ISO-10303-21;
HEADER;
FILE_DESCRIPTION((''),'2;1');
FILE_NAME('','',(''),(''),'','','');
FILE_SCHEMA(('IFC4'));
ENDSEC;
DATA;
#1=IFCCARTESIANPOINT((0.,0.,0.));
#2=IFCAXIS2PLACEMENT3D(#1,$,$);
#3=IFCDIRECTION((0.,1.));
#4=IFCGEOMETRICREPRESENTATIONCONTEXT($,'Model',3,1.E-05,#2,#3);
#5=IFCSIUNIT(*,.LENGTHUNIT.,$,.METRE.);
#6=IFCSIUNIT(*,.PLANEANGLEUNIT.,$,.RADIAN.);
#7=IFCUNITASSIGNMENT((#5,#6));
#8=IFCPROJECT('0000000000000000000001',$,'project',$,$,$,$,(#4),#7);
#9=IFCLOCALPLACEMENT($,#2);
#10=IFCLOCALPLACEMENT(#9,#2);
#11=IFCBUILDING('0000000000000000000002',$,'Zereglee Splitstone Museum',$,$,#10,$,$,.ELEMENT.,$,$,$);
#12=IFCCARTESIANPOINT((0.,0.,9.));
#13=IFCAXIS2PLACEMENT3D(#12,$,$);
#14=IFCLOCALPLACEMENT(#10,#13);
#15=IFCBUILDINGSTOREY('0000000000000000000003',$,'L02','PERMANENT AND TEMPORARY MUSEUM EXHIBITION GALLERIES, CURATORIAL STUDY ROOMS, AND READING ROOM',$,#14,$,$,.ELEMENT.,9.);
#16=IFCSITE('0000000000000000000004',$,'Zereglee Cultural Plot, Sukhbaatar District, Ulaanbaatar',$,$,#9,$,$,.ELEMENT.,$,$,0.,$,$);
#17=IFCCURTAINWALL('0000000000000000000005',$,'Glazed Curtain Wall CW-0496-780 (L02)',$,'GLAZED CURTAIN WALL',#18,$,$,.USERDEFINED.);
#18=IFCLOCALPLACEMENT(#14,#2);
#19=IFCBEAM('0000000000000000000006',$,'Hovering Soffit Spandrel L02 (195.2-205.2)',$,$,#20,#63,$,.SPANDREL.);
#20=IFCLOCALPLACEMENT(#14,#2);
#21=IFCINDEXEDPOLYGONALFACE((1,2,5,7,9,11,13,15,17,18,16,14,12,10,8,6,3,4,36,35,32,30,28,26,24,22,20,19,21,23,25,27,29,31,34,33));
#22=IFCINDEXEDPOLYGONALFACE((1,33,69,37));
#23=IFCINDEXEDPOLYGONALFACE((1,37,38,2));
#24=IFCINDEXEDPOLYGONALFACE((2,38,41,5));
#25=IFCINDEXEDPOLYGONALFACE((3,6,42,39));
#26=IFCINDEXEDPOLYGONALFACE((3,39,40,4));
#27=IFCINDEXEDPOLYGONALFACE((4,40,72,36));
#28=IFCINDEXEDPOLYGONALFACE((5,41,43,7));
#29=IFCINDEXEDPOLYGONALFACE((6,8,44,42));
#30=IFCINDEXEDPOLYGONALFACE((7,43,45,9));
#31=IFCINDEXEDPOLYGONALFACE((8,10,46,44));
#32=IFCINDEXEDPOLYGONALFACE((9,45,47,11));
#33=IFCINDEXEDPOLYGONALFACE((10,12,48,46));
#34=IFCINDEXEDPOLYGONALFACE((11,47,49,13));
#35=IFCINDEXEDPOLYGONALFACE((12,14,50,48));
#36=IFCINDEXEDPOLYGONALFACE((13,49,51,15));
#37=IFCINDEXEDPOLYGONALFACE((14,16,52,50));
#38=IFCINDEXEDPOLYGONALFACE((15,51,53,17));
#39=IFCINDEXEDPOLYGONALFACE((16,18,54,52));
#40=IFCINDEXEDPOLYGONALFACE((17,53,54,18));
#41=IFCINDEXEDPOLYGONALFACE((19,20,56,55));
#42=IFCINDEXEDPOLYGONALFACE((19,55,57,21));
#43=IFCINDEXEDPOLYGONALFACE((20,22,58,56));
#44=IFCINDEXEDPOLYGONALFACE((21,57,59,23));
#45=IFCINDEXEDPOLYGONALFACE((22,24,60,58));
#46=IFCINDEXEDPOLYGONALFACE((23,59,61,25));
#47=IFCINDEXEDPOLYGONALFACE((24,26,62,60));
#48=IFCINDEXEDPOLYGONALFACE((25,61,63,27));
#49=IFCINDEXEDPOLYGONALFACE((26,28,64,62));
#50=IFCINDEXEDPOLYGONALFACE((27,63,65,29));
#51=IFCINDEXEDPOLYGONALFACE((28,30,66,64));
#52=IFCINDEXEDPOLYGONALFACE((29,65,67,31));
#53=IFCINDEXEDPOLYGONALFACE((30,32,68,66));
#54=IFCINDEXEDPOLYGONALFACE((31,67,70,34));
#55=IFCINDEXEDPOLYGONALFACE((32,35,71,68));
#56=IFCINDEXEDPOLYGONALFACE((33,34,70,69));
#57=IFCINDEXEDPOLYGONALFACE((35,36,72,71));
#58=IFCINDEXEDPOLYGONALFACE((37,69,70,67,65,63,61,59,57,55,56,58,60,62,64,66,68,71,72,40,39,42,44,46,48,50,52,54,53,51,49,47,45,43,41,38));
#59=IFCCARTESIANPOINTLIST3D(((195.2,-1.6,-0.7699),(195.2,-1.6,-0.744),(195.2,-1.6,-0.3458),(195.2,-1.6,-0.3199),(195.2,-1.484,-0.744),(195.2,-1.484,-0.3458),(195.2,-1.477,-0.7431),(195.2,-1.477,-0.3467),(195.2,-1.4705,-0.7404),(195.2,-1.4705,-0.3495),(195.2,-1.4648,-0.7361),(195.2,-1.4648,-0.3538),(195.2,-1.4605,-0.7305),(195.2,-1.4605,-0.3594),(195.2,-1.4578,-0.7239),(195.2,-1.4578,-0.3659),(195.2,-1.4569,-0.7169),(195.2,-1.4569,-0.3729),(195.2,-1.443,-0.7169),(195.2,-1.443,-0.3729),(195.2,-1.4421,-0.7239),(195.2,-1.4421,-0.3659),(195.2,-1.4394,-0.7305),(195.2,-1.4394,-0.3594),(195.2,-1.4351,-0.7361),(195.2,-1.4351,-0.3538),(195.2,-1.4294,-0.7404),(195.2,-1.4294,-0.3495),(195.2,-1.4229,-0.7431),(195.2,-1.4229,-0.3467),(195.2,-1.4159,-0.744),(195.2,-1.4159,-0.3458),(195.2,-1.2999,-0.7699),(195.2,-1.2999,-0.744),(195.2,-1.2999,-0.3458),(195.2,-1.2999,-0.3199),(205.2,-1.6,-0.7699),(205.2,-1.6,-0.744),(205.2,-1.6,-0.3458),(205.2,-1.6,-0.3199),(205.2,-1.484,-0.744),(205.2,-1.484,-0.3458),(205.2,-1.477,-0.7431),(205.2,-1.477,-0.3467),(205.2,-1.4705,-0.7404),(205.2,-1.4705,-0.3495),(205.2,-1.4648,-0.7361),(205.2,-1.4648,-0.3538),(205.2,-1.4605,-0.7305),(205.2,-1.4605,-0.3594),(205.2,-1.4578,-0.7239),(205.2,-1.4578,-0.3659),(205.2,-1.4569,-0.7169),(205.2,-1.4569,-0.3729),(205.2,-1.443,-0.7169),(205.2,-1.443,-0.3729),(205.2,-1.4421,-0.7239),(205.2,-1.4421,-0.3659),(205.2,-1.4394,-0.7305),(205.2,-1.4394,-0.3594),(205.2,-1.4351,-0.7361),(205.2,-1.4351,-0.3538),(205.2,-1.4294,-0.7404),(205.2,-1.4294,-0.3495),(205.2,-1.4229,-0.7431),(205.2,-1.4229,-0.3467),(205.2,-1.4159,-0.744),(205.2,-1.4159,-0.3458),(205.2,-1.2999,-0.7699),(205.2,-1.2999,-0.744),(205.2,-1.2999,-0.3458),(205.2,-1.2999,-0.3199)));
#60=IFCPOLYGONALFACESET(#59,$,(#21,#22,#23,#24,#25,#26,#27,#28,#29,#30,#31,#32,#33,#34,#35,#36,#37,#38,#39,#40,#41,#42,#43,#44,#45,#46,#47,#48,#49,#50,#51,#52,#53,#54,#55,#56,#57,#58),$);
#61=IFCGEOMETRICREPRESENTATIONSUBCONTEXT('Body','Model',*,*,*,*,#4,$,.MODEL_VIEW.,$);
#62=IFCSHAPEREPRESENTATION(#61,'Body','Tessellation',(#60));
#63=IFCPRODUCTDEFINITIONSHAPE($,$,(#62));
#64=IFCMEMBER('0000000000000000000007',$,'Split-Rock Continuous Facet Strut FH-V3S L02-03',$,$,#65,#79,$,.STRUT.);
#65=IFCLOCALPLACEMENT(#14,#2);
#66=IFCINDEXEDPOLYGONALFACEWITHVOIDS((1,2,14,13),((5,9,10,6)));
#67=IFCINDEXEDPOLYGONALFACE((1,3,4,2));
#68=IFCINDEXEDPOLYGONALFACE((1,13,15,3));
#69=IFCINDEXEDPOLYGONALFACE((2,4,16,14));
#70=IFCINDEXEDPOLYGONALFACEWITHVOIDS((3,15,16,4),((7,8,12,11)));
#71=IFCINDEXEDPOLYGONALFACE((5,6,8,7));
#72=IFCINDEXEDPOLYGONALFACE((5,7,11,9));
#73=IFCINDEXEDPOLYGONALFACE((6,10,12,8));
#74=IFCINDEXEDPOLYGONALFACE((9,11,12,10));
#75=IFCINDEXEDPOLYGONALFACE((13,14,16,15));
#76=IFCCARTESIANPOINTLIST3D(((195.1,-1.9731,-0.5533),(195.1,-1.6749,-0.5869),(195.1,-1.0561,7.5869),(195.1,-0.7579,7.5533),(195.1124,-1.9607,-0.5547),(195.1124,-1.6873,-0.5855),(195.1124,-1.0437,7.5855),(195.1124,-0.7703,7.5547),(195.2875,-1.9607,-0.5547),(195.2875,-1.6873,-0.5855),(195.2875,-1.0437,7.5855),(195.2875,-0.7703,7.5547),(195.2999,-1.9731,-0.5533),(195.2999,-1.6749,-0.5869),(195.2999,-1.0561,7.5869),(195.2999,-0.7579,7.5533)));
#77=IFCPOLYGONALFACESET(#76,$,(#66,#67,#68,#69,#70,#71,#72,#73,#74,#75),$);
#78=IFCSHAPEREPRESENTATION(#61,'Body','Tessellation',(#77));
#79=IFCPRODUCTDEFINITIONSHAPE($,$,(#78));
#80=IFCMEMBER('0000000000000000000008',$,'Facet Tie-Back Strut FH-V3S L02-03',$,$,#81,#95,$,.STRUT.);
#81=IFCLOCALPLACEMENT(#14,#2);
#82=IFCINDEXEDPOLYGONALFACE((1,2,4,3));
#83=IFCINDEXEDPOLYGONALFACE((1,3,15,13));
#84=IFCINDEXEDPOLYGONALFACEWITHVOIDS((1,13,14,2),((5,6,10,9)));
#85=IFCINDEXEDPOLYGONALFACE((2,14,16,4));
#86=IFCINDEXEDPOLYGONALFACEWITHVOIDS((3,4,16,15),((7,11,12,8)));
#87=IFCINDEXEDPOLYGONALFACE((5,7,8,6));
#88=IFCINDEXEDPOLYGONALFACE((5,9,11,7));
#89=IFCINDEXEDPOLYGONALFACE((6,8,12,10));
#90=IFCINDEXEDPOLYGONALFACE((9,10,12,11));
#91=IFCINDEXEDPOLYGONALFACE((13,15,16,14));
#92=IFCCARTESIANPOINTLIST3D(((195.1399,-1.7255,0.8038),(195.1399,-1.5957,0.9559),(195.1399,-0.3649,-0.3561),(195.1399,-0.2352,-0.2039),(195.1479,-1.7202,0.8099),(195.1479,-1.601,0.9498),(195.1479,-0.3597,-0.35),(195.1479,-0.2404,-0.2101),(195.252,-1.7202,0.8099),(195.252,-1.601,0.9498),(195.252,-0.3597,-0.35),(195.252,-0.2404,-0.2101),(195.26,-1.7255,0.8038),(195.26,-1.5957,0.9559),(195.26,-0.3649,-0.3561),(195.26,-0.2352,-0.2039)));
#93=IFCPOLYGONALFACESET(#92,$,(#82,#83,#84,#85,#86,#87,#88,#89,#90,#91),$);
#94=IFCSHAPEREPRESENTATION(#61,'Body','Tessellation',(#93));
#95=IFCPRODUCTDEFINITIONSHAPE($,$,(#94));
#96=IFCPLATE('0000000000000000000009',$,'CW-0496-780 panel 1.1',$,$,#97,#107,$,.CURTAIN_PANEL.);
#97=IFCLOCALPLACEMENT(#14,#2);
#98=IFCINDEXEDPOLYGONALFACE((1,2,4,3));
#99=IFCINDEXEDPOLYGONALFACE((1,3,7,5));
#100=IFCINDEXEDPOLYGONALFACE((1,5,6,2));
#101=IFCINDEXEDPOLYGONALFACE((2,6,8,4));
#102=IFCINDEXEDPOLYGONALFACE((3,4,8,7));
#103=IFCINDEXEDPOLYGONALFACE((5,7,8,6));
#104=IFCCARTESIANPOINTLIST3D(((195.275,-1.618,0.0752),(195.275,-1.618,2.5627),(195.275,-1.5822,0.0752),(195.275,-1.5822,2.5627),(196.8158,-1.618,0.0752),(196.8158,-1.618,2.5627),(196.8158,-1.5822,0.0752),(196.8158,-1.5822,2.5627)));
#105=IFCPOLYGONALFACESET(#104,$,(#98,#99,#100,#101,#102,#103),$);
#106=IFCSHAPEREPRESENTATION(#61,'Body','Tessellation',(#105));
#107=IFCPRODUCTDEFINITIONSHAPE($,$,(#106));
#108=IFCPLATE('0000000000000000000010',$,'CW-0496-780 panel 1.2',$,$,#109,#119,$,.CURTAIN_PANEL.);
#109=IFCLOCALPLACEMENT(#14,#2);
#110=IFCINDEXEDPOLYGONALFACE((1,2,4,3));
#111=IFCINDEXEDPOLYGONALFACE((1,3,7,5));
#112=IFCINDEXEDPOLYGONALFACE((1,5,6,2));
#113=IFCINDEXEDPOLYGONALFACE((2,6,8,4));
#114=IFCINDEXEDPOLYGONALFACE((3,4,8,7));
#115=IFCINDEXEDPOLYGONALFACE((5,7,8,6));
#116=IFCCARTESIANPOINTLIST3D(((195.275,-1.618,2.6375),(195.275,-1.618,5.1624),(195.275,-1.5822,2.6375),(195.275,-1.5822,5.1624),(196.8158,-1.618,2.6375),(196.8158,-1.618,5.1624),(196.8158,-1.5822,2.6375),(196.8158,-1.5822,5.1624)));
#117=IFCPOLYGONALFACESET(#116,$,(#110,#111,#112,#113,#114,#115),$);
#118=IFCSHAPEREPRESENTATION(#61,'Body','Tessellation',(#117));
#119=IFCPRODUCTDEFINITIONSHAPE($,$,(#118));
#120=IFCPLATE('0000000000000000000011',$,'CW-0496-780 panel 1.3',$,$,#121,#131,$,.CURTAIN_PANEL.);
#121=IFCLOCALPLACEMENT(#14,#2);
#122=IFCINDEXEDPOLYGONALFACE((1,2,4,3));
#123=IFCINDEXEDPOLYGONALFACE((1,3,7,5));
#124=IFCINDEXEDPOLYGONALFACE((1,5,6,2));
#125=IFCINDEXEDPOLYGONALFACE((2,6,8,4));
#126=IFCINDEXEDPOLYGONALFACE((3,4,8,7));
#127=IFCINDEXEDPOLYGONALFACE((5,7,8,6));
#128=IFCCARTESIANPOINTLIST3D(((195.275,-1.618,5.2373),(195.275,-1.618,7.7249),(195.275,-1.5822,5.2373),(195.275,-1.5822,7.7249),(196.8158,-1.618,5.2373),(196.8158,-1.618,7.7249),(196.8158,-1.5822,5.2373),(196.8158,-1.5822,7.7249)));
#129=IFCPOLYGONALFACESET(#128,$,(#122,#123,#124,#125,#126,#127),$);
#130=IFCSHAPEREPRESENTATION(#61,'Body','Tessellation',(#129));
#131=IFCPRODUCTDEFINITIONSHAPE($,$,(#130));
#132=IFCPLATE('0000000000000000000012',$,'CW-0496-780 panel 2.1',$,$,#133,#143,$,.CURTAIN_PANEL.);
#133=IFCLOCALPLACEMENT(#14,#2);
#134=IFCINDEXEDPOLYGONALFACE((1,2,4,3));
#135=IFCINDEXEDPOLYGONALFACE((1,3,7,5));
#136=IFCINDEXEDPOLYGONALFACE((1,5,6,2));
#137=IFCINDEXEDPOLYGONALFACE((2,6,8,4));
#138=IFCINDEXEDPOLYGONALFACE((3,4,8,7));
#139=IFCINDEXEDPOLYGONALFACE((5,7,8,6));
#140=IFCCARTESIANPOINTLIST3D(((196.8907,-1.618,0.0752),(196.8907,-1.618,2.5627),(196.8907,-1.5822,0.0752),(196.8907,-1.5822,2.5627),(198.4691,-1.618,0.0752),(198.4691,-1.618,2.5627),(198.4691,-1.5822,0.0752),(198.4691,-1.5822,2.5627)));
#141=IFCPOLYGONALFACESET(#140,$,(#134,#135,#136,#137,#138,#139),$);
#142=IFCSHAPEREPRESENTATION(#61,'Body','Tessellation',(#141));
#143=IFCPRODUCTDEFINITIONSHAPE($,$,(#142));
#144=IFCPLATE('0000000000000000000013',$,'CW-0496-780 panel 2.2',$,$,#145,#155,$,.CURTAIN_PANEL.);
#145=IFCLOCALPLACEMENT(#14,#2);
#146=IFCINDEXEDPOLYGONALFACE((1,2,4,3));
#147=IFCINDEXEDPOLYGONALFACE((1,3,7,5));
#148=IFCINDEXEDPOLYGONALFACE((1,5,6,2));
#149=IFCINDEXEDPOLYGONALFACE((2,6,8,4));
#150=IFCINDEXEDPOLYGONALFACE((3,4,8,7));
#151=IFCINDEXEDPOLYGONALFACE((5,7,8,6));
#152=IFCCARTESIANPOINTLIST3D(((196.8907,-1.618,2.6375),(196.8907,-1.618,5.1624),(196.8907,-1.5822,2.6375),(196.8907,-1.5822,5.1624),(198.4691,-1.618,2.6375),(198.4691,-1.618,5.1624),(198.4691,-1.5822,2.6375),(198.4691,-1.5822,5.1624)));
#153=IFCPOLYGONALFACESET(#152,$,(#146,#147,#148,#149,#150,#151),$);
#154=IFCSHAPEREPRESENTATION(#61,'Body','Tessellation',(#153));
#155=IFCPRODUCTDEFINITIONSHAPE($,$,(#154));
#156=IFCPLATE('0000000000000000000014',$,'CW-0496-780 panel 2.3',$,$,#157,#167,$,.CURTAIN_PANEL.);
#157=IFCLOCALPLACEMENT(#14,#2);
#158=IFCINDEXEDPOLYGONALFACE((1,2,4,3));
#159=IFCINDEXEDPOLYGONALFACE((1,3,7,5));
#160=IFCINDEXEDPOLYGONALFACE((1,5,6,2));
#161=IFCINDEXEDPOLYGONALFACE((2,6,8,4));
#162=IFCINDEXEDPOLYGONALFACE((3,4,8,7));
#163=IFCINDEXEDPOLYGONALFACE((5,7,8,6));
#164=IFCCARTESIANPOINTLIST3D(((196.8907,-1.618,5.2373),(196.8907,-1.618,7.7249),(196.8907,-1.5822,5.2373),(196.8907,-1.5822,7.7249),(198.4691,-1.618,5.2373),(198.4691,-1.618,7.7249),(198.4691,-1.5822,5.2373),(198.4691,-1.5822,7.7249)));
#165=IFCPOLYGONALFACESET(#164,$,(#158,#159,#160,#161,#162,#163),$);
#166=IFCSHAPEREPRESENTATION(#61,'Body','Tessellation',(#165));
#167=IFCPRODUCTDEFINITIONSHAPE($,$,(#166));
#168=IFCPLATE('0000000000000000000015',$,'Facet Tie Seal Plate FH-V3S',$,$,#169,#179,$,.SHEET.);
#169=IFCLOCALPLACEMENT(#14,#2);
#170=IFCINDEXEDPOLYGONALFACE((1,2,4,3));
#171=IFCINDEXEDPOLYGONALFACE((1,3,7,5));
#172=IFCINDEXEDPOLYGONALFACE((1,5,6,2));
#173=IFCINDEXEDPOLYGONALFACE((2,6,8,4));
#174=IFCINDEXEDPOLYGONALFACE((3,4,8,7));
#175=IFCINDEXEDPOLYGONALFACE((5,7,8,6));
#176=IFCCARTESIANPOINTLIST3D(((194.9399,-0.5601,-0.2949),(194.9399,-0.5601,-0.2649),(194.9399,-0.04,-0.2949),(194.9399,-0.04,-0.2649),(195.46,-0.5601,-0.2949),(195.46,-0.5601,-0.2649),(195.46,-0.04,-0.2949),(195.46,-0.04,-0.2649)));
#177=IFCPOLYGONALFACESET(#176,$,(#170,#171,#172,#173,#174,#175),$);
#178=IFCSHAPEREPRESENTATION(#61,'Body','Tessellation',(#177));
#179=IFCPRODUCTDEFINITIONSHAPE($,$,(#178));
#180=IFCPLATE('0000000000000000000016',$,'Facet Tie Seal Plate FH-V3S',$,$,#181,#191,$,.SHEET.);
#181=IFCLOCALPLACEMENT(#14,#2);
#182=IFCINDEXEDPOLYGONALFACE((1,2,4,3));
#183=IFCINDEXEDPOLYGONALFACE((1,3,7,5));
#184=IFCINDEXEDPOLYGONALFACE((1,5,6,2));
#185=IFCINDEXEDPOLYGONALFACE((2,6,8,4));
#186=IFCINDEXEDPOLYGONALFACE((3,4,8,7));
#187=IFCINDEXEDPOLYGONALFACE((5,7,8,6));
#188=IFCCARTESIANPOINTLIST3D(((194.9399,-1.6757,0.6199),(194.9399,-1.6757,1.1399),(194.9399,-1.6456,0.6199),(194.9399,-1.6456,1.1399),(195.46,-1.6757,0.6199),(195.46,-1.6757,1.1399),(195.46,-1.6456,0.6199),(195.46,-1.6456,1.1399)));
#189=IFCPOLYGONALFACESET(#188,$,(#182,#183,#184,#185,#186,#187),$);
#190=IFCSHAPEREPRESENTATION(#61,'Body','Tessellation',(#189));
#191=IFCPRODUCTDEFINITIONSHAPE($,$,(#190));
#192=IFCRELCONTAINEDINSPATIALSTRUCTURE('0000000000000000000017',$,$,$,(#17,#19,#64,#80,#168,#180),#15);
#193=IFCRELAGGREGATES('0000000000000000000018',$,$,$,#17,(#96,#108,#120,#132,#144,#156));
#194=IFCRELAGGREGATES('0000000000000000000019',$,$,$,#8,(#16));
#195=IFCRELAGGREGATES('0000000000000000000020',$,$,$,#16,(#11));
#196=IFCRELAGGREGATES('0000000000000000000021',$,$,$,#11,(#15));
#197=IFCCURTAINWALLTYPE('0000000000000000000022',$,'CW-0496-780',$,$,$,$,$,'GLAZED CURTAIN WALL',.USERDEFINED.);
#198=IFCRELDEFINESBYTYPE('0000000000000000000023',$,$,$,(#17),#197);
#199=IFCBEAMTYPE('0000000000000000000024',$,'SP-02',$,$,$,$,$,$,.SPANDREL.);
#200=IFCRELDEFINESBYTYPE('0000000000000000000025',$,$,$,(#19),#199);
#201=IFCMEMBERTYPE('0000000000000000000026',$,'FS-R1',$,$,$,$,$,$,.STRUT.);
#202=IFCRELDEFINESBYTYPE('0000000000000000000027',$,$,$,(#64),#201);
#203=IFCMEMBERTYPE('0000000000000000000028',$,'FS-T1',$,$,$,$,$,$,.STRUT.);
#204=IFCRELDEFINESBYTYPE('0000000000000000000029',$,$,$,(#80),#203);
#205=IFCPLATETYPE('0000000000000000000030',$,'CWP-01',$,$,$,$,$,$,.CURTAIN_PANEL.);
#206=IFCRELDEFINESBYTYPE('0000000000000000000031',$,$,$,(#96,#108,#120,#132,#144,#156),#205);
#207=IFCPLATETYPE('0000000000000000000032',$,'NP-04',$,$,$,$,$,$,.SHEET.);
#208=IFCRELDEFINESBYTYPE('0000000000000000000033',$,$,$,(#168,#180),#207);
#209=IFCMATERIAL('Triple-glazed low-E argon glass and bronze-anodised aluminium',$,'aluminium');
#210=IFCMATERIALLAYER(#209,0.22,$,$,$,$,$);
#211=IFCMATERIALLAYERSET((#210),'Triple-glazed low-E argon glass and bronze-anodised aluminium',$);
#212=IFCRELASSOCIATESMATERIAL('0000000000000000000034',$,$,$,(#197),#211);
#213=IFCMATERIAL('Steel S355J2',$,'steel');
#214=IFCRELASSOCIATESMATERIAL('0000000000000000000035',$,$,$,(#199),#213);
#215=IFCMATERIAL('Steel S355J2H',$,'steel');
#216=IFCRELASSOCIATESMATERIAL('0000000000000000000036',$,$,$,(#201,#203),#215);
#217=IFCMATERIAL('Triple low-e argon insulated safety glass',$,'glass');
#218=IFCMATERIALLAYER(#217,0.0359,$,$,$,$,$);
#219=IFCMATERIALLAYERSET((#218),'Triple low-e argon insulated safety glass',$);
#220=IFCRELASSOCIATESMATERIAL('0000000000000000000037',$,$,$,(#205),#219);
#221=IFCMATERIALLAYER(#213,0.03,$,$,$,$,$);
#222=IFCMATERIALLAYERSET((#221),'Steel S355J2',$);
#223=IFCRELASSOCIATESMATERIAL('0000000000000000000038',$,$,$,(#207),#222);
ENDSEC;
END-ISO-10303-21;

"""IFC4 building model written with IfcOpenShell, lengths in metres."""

from ifc_helpers import new_model, si_unit, direction, frame, origin, origin_2d, place, context, subcontext, project, spatial, rectangle, hollow_rectangle, i_section, extrude, material, layer, layer_set, material_profile, profile_set, type_object, element, aggregate, save


model = new_model("IFC4")

# Units and contexts
model_context = context("Model", 3, precision=1e-05, world=origin(), true_north=direction((0.0, 1.0)))
body_context = subcontext(model_context, "Body", "Model", "MODEL_VIEW")
ifc_project = project(units=[si_unit("LENGTHUNIT", "METRE"), si_unit("PLANEANGLEUNIT", "RADIAN")], contexts=[model_context])

# Site, building, storey
site_placement = place(None, origin())
site = spatial("IfcSite", under=ifc_project, at=site_placement, Name="Zereglee Cultural Plot, Sukhbaatar District, Ulaanbaatar", CompositionType="ELEMENT", RefElevation=0.0)
building_placement = place(site_placement, origin())
building = spatial("IfcBuilding", under=site, at=building_placement, Name="Zereglee Splitstone Museum", CompositionType="ELEMENT")
storey_placement = place(building_placement, frame((0.0, 0.0, 9.0)))
storey = spatial("IfcBuildingStorey", under=building, at=storey_placement, Name="L02", Description="PERMANENT AND TEMPORARY MUSEUM EXHIBITION GALLERIES, CURATORIAL STUDY ROOMS, AND READING ROOM", CompositionType="ELEMENT", Elevation=9.0)

# Shared definitions
ifc_material_1 = material(Name="Steel S355J2", Category="steel")

# Curtain wall
ifc_material_2 = material(Name="Triple-glazed low-E argon glass and bronze-anodised aluminium", Category="aluminium")
ifc_layer_1 = layer(ifc_material_2, 0.22)
ifc_layer_set_1 = layer_set([ifc_layer_1], Name="Triple-glazed low-E argon glass and bronze-anodised aluminium")
curtain_wall_type = type_object("IfcCurtainWallType", Name="CW-0496-780", ElementType="GLAZED CURTAIN WALL", PredefinedType="USERDEFINED", material=ifc_layer_set_1)
curtain_wall_placement = place(storey_placement, origin())
curtain_wall = element("IfcCurtainWall", 1, at=curtain_wall_placement, inside=storey, type_object=curtain_wall_type, Name="Glazed Curtain Wall CW-0496-780 (L02)", ObjectType="GLAZED CURTAIN WALL", PredefinedType="USERDEFINED")

# Beam
ifc_material_profile_1 = material_profile(ifc_material_1, i_section(OverallWidth=0.3, OverallDepth=0.45, WebThickness=0.0139, FlangeThickness=0.0259, FilletRadius=0.0271, at=origin_2d()), Name="HE 450 B")
ifc_profile_set_1 = profile_set([ifc_material_profile_1], Name="Steel S355J2")
beam_type_1 = type_object("IfcBeamType", Name="SP-02", PredefinedType="SPANDREL", material=ifc_profile_set_1)
for number, where, z_axis, x_axis, name in (
    (2, (195.2, -1.45, -0.5449), (1.0, 0.0, 0.0), (0.0, 1.0, 0.0), "Hovering Soffit Spandrel L02 (195.2-205.2)"),
):
    element("IfcBeam", number, at=place(storey_placement, frame(where, z_axis=z_axis, x_axis=x_axis)), inside=storey, type_object=beam_type_1, Name=name, PredefinedType="SPANDREL", context=body_context, shape_type="SweptSolid", body=[
        extrude(i_section(OverallWidth=0.3, OverallDepth=0.45, WebThickness=0.0139, FlangeThickness=0.0259, FilletRadius=0.0271, at=origin_2d()), origin(), (0.0, 0.0, 1.0), 10.0),
    ])

# Members
ifc_material_3 = material(Name="Steel S355J2H", Category="steel")
ifc_material_profile_2 = material_profile(ifc_material_3, hollow_rectangle(XDim=0.2, YDim=0.3, WallThickness=0.0125, at=origin_2d()), Name="RHS 300x200x12.5")
ifc_profile_set_2 = profile_set([ifc_material_profile_2], Name="Steel S355J2H")
member_type_1 = type_object("IfcMemberType", Name="FS-R1", PredefinedType="STRUT", material=ifc_profile_set_2)
member_1_placement = place(storey_placement, frame((195.2, -1.824, -0.5701), z_axis=(0.0, 0.111943, 0.993715), x_axis=(-1.0, 0.0, 0.0)))
element("IfcMember", 3, at=member_1_placement, inside=storey, type_object=member_type_1, Name="Split-Rock Continuous Facet Strut FH-V3S L02-03", PredefinedType="STRUT", context=body_context, shape_type="SweptSolid", body=[
    extrude(hollow_rectangle(XDim=0.2, YDim=0.3, WallThickness=0.0125, at=origin_2d()), origin(), (0.0, 0.0, 1.0), 8.1917),
])
ifc_material_profile_3 = material_profile(ifc_material_3, hollow_rectangle(XDim=0.1201, YDim=0.2, WallThickness=0.0081, at=origin_2d()), Name="RHS 200x120x8")
ifc_profile_set_3 = profile_set([ifc_material_profile_3], Name="Steel S355J2H")
member_type_2 = type_object("IfcMemberType", Name="FS-T1", PredefinedType="STRUT", material=ifc_profile_set_3)
member_2_placement = place(storey_placement, frame((195.2, -0.3, -0.28), z_axis=(0.0, -0.760999, 0.648754), x_axis=(1.0, 0.0, 0.0)))
element("IfcMember", 4, at=member_2_placement, inside=storey, type_object=member_type_2, Name="Facet Tie-Back Strut FH-V3S L02-03", PredefinedType="STRUT", context=body_context, shape_type="SweptSolid", body=[
    extrude(hollow_rectangle(XDim=0.1201, YDim=0.2, WallThickness=0.0081, at=origin_2d()), origin(), (0.0, 0.0, 1.0), 1.7878),
])

# Plates
ifc_material_4 = material(Name="Triple low-e argon insulated safety glass", Category="glass")
ifc_layer_2 = layer(ifc_material_4, 0.0359)
ifc_layer_set_2 = layer_set([ifc_layer_2], Name="Triple low-e argon insulated safety glass")
plate_type_1 = type_object("IfcPlateType", Name="CWP-01", PredefinedType="CURTAIN_PANEL", material=ifc_layer_set_2)
plate_1_placement = place(storey_placement, frame((196.0454, -1.6001, 0.0752), z_axis=(0.0, 0.0, 1.0), x_axis=(1.0, 0.0, 0.0)))
plate_1 = element("IfcPlate", 5, at=plate_1_placement, type_object=plate_type_1, Name="CW-0496-780 panel 1.1", PredefinedType="CURTAIN_PANEL", context=body_context, shape_type="SweptSolid", body=[
    extrude(rectangle(XDim=1.5408, YDim=0.0359, at=origin_2d()), origin(), (0.0, 0.0, 1.0), 2.4875),
])
plate_2_placement = place(storey_placement, frame((196.0454, -1.6001, 2.6375), z_axis=(0.0, 0.0, 1.0), x_axis=(1.0, 0.0, 0.0)))
plate_2 = element("IfcPlate", 6, at=plate_2_placement, type_object=plate_type_1, Name="CW-0496-780 panel 1.2", PredefinedType="CURTAIN_PANEL", context=body_context, shape_type="SweptSolid", body=[
    extrude(rectangle(XDim=1.5408, YDim=0.0359, at=origin_2d()), origin(), (0.0, 0.0, 1.0), 2.5249),
])
plate_3_placement = place(storey_placement, frame((196.0454, -1.6001, 5.2373), z_axis=(0.0, 0.0, 1.0), x_axis=(1.0, 0.0, 0.0)))
plate_3 = element("IfcPlate", 7, at=plate_3_placement, type_object=plate_type_1, Name="CW-0496-780 panel 1.3", PredefinedType="CURTAIN_PANEL", context=body_context, shape_type="SweptSolid", body=[
    extrude(rectangle(XDim=1.5408, YDim=0.0359, at=origin_2d()), origin(), (0.0, 0.0, 1.0), 2.4875),
])
plate_4_placement = place(storey_placement, frame((197.6799, -1.6001, 0.0752), z_axis=(0.0, 0.0, 1.0), x_axis=(1.0, 0.0, 0.0)))
plate_4 = element("IfcPlate", 8, at=plate_4_placement, type_object=plate_type_1, Name="CW-0496-780 panel 2.1", PredefinedType="CURTAIN_PANEL", context=body_context, shape_type="SweptSolid", body=[
    extrude(rectangle(XDim=1.5784, YDim=0.0359, at=origin_2d()), origin(), (0.0, 0.0, 1.0), 2.4875),
])
plate_5_placement = place(storey_placement, frame((197.6799, -1.6001, 2.6375), z_axis=(0.0, 0.0, 1.0), x_axis=(1.0, 0.0, 0.0)))
plate_5 = element("IfcPlate", 9, at=plate_5_placement, type_object=plate_type_1, Name="CW-0496-780 panel 2.2", PredefinedType="CURTAIN_PANEL", context=body_context, shape_type="SweptSolid", body=[
    extrude(rectangle(XDim=1.5784, YDim=0.0359, at=origin_2d()), origin(), (0.0, 0.0, 1.0), 2.5249),
])
plate_6_placement = place(storey_placement, frame((197.6799, -1.6001, 5.2373), z_axis=(0.0, 0.0, 1.0), x_axis=(1.0, 0.0, 0.0)))
plate_6 = element("IfcPlate", 10, at=plate_6_placement, type_object=plate_type_1, Name="CW-0496-780 panel 2.3", PredefinedType="CURTAIN_PANEL", context=body_context, shape_type="SweptSolid", body=[
    extrude(rectangle(XDim=1.5784, YDim=0.0359, at=origin_2d()), origin(), (0.0, 0.0, 1.0), 2.4875),
])
aggregate(curtain_wall, [plate_1, plate_2, plate_3, plate_4, plate_5, plate_6])

# Plates
ifc_layer_3 = layer(ifc_material_1, 0.03)
ifc_layer_set_3 = layer_set([ifc_layer_3], Name="Steel S355J2")
plate_type_2 = type_object("IfcPlateType", Name="NP-04", PredefinedType="SHEET", material=ifc_layer_set_3)
plate_7_placement = place(storey_placement, frame((195.2, -0.3, -0.2949), z_axis=(0.0, 0.0, 1.0), x_axis=(1.0, 0.0, 0.0)))
element("IfcPlate", 11, at=plate_7_placement, inside=storey, type_object=plate_type_2, Name="Facet Tie Seal Plate FH-V3S", PredefinedType="SHEET", context=body_context, shape_type="SweptSolid", body=[
    extrude(rectangle(XDim=0.52, YDim=0.52, at=origin_2d()), origin(), (0.0, 0.0, 1.0), 0.03),
])
plate_8_placement = place(storey_placement, frame((195.2, -1.6606, 0.6199), z_axis=(0.0, 0.0, 1.0), x_axis=(1.0, 0.0, 0.0)))
element("IfcPlate", 12, at=plate_8_placement, inside=storey, type_object=plate_type_2, Name="Facet Tie Seal Plate FH-V3S", PredefinedType="SHEET", context=body_context, shape_type="SweptSolid", body=[
    extrude(rectangle(XDim=0.52, YDim=0.03, at=origin_2d()), origin(), (0.0, 0.0, 1.0), 0.52),
])

save(model, "model.ifc")
